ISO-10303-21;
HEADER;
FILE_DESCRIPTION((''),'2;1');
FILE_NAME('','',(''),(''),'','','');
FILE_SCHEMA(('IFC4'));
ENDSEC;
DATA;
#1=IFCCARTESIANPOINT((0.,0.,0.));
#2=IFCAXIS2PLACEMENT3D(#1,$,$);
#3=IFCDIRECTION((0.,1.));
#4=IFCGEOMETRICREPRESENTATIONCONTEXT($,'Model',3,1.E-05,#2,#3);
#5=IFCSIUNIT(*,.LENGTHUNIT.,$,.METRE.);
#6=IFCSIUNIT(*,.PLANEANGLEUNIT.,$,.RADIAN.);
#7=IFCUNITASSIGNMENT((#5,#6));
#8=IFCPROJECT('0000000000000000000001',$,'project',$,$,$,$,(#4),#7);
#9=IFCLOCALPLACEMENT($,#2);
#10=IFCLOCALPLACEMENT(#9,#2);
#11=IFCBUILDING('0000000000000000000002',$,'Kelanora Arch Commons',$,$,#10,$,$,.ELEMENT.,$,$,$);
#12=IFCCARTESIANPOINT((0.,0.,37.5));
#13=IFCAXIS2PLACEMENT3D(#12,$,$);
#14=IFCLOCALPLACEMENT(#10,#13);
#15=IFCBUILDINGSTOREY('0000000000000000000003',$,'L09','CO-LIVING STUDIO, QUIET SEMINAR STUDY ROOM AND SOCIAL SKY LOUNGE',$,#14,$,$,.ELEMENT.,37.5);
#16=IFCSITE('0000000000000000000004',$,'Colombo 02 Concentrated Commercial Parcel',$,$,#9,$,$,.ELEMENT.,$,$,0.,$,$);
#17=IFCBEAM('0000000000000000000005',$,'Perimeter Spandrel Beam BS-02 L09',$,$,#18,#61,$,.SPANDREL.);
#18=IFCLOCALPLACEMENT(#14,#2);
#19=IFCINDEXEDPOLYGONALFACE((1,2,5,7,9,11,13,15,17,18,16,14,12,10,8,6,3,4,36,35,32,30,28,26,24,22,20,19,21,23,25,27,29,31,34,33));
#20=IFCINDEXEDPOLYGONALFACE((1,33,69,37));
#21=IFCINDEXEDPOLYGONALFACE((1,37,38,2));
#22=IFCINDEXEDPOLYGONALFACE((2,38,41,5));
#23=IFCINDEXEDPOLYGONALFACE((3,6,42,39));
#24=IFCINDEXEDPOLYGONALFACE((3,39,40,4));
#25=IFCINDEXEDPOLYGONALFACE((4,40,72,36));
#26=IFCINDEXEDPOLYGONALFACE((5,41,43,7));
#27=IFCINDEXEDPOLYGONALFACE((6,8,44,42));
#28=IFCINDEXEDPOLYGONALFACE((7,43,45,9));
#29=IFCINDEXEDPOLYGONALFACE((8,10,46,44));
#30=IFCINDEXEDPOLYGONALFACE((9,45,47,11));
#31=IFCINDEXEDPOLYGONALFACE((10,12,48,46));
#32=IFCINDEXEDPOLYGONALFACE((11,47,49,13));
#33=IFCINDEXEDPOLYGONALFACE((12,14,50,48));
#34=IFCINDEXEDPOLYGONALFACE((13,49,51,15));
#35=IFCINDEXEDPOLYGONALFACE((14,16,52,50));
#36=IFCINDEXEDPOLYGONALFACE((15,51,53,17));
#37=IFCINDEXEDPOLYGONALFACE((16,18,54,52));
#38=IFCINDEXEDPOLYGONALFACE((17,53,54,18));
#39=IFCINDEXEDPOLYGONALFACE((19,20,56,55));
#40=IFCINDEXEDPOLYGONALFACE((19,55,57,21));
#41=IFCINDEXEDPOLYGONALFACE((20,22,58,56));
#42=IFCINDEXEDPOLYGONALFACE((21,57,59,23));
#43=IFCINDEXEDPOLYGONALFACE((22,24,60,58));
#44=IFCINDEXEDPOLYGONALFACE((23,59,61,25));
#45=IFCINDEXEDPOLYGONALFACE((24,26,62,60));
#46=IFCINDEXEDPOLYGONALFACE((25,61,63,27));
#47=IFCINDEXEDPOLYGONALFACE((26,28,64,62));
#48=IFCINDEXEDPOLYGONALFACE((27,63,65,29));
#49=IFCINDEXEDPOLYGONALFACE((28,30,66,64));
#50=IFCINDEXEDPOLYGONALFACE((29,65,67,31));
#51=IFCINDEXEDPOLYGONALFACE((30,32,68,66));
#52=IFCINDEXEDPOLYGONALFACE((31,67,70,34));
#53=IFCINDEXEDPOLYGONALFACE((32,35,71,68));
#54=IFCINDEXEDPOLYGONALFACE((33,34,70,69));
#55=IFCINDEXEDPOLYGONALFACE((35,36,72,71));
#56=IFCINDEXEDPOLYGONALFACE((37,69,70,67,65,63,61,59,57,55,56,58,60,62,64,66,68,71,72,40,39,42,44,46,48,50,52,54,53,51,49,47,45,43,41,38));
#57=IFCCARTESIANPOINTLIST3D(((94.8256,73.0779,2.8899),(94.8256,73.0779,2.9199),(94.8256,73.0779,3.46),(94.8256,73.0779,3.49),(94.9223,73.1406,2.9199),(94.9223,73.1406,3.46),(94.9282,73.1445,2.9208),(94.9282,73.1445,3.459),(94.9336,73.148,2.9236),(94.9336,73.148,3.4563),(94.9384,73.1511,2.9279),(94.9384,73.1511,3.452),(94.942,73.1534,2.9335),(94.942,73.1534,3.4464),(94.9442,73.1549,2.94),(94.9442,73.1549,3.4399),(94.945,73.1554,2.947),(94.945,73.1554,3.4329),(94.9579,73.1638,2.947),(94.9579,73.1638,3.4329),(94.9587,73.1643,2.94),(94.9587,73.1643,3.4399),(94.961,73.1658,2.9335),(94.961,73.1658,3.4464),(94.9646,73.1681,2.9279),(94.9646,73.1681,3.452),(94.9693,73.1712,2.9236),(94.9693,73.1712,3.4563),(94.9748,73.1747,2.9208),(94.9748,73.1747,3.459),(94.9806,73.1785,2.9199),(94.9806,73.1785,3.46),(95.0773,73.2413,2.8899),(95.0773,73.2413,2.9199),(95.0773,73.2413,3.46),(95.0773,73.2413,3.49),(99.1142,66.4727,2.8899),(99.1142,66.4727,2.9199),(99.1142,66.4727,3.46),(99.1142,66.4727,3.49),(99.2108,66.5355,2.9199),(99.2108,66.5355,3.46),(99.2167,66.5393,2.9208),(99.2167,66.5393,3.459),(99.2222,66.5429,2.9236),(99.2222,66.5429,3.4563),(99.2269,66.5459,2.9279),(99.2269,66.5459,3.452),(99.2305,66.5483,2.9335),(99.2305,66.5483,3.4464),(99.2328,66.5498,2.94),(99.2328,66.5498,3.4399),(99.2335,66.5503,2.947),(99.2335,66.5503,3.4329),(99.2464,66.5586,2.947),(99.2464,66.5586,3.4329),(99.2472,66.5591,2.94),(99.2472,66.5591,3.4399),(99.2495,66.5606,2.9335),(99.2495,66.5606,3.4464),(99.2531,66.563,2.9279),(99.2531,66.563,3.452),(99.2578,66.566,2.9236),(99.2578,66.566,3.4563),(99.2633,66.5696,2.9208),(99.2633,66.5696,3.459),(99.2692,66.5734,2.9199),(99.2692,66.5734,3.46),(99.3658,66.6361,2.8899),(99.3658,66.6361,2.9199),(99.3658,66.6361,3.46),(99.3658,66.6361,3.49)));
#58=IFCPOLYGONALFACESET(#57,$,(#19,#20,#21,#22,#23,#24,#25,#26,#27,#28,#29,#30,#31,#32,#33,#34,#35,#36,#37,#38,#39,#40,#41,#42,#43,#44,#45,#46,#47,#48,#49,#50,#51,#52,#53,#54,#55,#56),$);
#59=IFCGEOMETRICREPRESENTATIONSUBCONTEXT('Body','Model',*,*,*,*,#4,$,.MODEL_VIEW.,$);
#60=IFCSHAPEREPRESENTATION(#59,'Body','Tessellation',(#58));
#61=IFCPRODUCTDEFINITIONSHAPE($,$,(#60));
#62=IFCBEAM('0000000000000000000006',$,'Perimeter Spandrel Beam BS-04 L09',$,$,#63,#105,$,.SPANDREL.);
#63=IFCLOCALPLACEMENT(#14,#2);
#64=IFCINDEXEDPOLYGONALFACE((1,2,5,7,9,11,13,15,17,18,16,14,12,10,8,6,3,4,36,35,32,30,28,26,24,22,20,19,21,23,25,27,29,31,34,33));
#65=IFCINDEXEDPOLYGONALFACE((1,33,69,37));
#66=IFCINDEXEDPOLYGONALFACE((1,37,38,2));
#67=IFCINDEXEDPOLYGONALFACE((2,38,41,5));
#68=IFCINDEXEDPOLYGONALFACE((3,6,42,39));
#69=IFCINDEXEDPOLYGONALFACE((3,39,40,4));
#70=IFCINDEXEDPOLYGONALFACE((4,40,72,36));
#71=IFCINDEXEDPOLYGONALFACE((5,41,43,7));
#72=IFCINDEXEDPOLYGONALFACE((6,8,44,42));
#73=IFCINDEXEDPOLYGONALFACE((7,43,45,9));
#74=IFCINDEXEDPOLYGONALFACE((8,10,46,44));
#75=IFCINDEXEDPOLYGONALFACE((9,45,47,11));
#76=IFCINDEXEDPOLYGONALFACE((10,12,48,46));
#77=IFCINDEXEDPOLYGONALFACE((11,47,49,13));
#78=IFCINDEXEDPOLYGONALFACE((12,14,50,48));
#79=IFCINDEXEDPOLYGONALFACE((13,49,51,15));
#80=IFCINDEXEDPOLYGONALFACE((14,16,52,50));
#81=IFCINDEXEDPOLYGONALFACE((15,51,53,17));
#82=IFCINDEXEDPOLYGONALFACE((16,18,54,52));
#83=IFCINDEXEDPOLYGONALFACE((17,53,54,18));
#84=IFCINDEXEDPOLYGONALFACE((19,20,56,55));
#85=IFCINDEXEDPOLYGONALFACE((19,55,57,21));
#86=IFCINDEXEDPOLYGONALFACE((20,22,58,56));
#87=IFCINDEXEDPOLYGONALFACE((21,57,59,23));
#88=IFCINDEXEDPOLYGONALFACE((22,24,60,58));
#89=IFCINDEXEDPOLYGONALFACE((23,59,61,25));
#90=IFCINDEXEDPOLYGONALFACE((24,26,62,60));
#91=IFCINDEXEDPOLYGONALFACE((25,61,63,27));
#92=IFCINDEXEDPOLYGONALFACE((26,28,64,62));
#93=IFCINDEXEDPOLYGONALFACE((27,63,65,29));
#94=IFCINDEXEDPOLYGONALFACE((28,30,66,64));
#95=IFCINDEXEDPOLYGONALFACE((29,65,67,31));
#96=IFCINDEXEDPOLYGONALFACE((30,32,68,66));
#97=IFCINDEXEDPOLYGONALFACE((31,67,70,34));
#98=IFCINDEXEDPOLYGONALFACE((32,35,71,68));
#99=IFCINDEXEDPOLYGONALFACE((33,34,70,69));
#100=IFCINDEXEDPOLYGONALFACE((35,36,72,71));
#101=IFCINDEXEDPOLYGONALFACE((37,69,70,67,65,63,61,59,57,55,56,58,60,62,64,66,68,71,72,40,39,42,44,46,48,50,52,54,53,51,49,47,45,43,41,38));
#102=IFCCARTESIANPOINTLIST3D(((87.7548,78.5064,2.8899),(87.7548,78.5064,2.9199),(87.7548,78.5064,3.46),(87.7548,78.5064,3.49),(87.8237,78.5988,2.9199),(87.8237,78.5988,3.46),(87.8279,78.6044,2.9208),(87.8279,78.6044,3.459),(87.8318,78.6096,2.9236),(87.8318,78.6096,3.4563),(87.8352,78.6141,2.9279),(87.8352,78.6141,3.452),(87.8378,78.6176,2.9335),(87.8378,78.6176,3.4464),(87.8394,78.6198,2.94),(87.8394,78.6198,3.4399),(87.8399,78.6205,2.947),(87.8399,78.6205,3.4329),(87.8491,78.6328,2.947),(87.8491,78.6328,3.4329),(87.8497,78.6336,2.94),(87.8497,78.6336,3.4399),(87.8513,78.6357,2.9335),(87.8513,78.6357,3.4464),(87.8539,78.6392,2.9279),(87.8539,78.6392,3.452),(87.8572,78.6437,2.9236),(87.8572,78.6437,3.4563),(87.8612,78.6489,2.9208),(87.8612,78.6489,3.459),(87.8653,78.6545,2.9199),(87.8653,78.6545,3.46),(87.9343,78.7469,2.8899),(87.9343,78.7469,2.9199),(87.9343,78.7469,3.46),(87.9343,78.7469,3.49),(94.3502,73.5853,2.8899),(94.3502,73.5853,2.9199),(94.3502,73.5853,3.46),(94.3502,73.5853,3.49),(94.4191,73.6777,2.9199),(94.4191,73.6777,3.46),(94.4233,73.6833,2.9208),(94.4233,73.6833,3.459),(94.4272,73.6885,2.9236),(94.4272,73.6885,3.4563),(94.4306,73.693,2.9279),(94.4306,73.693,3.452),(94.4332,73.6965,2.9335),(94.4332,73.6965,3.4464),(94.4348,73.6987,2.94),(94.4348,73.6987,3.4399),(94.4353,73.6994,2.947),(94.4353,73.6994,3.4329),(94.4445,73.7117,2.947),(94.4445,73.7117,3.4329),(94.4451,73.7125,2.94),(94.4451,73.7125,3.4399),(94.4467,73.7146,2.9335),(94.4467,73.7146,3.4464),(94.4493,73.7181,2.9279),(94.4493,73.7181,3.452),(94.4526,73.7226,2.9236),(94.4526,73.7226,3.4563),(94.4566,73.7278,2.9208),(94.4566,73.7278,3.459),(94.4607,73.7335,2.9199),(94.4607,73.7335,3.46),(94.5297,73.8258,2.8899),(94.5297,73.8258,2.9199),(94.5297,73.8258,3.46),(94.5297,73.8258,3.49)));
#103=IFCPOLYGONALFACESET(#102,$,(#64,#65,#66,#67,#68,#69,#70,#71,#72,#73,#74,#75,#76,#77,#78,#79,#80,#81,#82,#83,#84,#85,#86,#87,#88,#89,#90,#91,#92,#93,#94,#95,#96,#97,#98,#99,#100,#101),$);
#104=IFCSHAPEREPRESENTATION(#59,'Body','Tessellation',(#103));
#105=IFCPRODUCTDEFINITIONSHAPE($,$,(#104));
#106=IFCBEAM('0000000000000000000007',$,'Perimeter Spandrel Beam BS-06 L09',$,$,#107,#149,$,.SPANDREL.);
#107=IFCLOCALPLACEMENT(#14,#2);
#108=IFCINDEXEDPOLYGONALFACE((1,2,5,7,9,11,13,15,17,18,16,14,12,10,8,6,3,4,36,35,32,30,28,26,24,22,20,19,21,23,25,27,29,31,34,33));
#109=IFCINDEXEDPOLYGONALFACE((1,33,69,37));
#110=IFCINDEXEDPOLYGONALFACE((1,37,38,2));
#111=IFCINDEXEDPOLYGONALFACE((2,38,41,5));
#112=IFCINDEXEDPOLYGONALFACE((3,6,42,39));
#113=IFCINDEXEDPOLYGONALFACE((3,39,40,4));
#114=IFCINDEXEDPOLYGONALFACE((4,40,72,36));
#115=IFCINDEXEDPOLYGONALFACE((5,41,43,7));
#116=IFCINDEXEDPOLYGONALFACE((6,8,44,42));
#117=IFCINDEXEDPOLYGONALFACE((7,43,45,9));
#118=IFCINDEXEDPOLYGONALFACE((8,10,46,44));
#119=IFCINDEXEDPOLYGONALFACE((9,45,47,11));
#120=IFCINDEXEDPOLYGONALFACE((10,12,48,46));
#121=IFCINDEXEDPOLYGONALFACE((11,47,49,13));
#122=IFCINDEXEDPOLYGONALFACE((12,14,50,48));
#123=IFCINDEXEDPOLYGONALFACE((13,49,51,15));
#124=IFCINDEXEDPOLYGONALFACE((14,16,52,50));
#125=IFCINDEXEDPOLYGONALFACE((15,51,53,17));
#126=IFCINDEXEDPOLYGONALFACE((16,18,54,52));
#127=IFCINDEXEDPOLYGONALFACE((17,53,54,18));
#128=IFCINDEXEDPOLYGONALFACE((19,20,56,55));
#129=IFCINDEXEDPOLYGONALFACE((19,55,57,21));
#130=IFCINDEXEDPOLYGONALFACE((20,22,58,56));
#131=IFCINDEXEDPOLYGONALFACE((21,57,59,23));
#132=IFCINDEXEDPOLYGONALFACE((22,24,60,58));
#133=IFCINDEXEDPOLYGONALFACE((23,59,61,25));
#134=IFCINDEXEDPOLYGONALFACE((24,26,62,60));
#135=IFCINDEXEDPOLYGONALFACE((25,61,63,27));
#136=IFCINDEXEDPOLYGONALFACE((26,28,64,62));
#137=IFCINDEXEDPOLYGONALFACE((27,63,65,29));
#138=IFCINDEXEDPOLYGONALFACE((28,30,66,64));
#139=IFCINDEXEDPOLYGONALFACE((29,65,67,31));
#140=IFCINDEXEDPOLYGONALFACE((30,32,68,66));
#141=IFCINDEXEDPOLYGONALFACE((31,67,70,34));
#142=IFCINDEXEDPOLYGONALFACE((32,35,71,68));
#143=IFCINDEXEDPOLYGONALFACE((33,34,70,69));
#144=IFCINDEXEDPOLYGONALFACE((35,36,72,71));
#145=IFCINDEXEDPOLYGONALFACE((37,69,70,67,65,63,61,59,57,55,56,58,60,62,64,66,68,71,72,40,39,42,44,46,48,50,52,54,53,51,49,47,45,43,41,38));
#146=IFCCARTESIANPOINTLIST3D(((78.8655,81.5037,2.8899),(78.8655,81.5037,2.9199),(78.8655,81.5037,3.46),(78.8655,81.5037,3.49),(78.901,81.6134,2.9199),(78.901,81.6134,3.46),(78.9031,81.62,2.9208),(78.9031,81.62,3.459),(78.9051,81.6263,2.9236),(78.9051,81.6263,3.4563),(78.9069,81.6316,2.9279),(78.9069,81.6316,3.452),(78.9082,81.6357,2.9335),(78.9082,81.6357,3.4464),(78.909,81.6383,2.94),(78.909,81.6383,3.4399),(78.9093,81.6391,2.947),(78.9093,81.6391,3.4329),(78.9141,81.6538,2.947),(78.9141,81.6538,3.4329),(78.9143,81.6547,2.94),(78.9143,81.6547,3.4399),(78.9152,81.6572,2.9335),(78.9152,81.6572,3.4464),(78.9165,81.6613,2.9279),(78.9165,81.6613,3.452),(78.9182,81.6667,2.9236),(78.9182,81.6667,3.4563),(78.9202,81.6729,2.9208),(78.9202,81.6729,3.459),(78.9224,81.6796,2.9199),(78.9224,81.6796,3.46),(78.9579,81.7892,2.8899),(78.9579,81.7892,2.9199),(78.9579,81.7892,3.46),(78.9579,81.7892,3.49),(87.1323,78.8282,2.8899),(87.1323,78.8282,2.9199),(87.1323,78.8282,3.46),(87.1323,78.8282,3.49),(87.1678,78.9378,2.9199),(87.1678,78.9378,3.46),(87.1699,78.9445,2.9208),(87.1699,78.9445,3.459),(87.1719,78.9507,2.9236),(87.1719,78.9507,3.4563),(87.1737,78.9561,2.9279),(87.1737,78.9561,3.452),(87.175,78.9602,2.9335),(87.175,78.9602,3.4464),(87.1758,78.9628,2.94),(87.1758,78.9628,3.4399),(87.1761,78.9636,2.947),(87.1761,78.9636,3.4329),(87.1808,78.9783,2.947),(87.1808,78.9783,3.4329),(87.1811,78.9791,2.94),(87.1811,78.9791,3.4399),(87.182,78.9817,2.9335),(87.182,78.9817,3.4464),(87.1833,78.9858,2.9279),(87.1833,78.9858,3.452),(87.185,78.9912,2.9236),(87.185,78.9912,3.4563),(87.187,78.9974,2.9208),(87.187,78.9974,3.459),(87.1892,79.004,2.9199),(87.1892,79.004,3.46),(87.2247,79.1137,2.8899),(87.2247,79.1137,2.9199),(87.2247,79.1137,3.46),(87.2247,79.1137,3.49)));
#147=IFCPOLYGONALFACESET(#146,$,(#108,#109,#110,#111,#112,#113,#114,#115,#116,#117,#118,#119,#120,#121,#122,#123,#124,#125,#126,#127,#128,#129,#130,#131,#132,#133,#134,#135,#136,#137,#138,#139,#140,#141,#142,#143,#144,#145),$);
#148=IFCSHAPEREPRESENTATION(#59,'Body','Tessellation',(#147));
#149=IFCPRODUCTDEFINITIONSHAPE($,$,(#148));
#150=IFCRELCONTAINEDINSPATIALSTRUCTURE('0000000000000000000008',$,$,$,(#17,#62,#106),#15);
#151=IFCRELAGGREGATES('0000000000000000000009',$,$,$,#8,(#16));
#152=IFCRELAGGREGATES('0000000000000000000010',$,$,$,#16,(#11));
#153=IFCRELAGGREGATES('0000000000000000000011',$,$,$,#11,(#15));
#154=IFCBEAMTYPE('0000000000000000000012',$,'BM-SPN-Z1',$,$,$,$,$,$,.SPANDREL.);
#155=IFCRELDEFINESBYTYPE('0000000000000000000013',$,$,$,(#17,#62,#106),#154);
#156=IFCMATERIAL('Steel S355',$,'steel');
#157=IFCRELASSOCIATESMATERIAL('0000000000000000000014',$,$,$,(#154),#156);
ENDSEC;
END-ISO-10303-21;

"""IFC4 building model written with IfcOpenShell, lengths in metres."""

from ifc_helpers import new_model, si_unit, direction, frame, origin, origin_2d, place, context, subcontext, project, spatial, i_section, extrude, material, material_profile, profile_set, type_object, element, save


model = new_model("IFC4")

# Units and contexts
model_context = context("Model", 3, precision=1e-05, world=origin(), true_north=direction((0.0, 1.0)))
body_context = subcontext(model_context, "Body", "Model", "MODEL_VIEW")
ifc_project = project(units=[si_unit("LENGTHUNIT", "METRE"), si_unit("PLANEANGLEUNIT", "RADIAN")], contexts=[model_context])

# Site, building, storey
site_placement = place(None, origin())
site = spatial("IfcSite", under=ifc_project, at=site_placement, Name="Colombo 02 Concentrated Commercial Parcel", CompositionType="ELEMENT", RefElevation=0.0)
building_placement = place(site_placement, origin())
building = spatial("IfcBuilding", under=site, at=building_placement, Name="Kelanora Arch Commons", CompositionType="ELEMENT")
storey_placement = place(building_placement, frame((0.0, 0.0, 37.5)))
storey = spatial("IfcBuildingStorey", under=building, at=storey_placement, Name="L09", Description="CO-LIVING STUDIO, QUIET SEMINAR STUDY ROOM AND SOCIAL SKY LOUNGE", CompositionType="ELEMENT", Elevation=37.5)

# Beams
ifc_material_1 = material(Name="Steel S355", Category="steel")
ifc_material_profile_1 = material_profile(ifc_material_1, i_section(OverallWidth=0.3, OverallDepth=0.6001, WebThickness=0.0154, FlangeThickness=0.03, FilletRadius=0.0271, at=origin_2d()), Name="HEB600")
ifc_profile_set_1 = profile_set([ifc_material_profile_1], Name="Steel S355")
beam_type_1 = type_object("IfcBeamType", Name="BM-SPN-Z1", PredefinedType="SPANDREL", material=ifc_profile_set_1)
beam_1_placement = place(storey_placement, frame((99.24, 66.5544, 3.1899), z_axis=(-0.544558, 0.838723, 0.0), x_axis=(-0.838723, -0.544558, 0.0)))
element("IfcBeam", 1, at=beam_1_placement, inside=storey, type_object=beam_type_1, Name="Perimeter Spandrel Beam BS-02 L09", PredefinedType="SPANDREL", context=body_context, shape_type="SweptSolid", body=[
    extrude(i_section(OverallWidth=0.3, OverallDepth=0.6001, WebThickness=0.0154, FlangeThickness=0.03, FilletRadius=0.0271, at=origin_2d()), origin(), (0.0, 0.0, 1.0), 7.8752),
])
beam_2_placement = place(storey_placement, frame((94.4399, 73.7056, 3.1899), z_axis=(-0.801482, 0.598019, 0.0), x_axis=(-0.598019, -0.801482, 0.0)))
element("IfcBeam", 2, at=beam_2_placement, inside=storey, type_object=beam_type_1, Name="Perimeter Spandrel Beam BS-04 L09", PredefinedType="SPANDREL", context=body_context, shape_type="SweptSolid", body=[
    extrude(i_section(OverallWidth=0.3, OverallDepth=0.6001, WebThickness=0.0154, FlangeThickness=0.03, FilletRadius=0.0271, at=origin_2d()), origin(), (0.0, 0.0, 1.0), 8.229),
])
beam_3_placement = place(storey_placement, frame((87.1785, 78.9709, 3.1899), z_axis=(-0.951412, 0.307921, 0.0), x_axis=(-0.307921, -0.951412, 0.0)))
element("IfcBeam", 3, at=beam_3_placement, inside=storey, type_object=beam_type_1, Name="Perimeter Spandrel Beam BS-06 L09", PredefinedType="SPANDREL", context=body_context, shape_type="SweptSolid", body=[
    extrude(i_section(OverallWidth=0.3, OverallDepth=0.6001, WebThickness=0.0154, FlangeThickness=0.03, FilletRadius=0.0271, at=origin_2d()), origin(), (0.0, 0.0, 1.0), 8.689),
])

save(model, "model.ifc")
